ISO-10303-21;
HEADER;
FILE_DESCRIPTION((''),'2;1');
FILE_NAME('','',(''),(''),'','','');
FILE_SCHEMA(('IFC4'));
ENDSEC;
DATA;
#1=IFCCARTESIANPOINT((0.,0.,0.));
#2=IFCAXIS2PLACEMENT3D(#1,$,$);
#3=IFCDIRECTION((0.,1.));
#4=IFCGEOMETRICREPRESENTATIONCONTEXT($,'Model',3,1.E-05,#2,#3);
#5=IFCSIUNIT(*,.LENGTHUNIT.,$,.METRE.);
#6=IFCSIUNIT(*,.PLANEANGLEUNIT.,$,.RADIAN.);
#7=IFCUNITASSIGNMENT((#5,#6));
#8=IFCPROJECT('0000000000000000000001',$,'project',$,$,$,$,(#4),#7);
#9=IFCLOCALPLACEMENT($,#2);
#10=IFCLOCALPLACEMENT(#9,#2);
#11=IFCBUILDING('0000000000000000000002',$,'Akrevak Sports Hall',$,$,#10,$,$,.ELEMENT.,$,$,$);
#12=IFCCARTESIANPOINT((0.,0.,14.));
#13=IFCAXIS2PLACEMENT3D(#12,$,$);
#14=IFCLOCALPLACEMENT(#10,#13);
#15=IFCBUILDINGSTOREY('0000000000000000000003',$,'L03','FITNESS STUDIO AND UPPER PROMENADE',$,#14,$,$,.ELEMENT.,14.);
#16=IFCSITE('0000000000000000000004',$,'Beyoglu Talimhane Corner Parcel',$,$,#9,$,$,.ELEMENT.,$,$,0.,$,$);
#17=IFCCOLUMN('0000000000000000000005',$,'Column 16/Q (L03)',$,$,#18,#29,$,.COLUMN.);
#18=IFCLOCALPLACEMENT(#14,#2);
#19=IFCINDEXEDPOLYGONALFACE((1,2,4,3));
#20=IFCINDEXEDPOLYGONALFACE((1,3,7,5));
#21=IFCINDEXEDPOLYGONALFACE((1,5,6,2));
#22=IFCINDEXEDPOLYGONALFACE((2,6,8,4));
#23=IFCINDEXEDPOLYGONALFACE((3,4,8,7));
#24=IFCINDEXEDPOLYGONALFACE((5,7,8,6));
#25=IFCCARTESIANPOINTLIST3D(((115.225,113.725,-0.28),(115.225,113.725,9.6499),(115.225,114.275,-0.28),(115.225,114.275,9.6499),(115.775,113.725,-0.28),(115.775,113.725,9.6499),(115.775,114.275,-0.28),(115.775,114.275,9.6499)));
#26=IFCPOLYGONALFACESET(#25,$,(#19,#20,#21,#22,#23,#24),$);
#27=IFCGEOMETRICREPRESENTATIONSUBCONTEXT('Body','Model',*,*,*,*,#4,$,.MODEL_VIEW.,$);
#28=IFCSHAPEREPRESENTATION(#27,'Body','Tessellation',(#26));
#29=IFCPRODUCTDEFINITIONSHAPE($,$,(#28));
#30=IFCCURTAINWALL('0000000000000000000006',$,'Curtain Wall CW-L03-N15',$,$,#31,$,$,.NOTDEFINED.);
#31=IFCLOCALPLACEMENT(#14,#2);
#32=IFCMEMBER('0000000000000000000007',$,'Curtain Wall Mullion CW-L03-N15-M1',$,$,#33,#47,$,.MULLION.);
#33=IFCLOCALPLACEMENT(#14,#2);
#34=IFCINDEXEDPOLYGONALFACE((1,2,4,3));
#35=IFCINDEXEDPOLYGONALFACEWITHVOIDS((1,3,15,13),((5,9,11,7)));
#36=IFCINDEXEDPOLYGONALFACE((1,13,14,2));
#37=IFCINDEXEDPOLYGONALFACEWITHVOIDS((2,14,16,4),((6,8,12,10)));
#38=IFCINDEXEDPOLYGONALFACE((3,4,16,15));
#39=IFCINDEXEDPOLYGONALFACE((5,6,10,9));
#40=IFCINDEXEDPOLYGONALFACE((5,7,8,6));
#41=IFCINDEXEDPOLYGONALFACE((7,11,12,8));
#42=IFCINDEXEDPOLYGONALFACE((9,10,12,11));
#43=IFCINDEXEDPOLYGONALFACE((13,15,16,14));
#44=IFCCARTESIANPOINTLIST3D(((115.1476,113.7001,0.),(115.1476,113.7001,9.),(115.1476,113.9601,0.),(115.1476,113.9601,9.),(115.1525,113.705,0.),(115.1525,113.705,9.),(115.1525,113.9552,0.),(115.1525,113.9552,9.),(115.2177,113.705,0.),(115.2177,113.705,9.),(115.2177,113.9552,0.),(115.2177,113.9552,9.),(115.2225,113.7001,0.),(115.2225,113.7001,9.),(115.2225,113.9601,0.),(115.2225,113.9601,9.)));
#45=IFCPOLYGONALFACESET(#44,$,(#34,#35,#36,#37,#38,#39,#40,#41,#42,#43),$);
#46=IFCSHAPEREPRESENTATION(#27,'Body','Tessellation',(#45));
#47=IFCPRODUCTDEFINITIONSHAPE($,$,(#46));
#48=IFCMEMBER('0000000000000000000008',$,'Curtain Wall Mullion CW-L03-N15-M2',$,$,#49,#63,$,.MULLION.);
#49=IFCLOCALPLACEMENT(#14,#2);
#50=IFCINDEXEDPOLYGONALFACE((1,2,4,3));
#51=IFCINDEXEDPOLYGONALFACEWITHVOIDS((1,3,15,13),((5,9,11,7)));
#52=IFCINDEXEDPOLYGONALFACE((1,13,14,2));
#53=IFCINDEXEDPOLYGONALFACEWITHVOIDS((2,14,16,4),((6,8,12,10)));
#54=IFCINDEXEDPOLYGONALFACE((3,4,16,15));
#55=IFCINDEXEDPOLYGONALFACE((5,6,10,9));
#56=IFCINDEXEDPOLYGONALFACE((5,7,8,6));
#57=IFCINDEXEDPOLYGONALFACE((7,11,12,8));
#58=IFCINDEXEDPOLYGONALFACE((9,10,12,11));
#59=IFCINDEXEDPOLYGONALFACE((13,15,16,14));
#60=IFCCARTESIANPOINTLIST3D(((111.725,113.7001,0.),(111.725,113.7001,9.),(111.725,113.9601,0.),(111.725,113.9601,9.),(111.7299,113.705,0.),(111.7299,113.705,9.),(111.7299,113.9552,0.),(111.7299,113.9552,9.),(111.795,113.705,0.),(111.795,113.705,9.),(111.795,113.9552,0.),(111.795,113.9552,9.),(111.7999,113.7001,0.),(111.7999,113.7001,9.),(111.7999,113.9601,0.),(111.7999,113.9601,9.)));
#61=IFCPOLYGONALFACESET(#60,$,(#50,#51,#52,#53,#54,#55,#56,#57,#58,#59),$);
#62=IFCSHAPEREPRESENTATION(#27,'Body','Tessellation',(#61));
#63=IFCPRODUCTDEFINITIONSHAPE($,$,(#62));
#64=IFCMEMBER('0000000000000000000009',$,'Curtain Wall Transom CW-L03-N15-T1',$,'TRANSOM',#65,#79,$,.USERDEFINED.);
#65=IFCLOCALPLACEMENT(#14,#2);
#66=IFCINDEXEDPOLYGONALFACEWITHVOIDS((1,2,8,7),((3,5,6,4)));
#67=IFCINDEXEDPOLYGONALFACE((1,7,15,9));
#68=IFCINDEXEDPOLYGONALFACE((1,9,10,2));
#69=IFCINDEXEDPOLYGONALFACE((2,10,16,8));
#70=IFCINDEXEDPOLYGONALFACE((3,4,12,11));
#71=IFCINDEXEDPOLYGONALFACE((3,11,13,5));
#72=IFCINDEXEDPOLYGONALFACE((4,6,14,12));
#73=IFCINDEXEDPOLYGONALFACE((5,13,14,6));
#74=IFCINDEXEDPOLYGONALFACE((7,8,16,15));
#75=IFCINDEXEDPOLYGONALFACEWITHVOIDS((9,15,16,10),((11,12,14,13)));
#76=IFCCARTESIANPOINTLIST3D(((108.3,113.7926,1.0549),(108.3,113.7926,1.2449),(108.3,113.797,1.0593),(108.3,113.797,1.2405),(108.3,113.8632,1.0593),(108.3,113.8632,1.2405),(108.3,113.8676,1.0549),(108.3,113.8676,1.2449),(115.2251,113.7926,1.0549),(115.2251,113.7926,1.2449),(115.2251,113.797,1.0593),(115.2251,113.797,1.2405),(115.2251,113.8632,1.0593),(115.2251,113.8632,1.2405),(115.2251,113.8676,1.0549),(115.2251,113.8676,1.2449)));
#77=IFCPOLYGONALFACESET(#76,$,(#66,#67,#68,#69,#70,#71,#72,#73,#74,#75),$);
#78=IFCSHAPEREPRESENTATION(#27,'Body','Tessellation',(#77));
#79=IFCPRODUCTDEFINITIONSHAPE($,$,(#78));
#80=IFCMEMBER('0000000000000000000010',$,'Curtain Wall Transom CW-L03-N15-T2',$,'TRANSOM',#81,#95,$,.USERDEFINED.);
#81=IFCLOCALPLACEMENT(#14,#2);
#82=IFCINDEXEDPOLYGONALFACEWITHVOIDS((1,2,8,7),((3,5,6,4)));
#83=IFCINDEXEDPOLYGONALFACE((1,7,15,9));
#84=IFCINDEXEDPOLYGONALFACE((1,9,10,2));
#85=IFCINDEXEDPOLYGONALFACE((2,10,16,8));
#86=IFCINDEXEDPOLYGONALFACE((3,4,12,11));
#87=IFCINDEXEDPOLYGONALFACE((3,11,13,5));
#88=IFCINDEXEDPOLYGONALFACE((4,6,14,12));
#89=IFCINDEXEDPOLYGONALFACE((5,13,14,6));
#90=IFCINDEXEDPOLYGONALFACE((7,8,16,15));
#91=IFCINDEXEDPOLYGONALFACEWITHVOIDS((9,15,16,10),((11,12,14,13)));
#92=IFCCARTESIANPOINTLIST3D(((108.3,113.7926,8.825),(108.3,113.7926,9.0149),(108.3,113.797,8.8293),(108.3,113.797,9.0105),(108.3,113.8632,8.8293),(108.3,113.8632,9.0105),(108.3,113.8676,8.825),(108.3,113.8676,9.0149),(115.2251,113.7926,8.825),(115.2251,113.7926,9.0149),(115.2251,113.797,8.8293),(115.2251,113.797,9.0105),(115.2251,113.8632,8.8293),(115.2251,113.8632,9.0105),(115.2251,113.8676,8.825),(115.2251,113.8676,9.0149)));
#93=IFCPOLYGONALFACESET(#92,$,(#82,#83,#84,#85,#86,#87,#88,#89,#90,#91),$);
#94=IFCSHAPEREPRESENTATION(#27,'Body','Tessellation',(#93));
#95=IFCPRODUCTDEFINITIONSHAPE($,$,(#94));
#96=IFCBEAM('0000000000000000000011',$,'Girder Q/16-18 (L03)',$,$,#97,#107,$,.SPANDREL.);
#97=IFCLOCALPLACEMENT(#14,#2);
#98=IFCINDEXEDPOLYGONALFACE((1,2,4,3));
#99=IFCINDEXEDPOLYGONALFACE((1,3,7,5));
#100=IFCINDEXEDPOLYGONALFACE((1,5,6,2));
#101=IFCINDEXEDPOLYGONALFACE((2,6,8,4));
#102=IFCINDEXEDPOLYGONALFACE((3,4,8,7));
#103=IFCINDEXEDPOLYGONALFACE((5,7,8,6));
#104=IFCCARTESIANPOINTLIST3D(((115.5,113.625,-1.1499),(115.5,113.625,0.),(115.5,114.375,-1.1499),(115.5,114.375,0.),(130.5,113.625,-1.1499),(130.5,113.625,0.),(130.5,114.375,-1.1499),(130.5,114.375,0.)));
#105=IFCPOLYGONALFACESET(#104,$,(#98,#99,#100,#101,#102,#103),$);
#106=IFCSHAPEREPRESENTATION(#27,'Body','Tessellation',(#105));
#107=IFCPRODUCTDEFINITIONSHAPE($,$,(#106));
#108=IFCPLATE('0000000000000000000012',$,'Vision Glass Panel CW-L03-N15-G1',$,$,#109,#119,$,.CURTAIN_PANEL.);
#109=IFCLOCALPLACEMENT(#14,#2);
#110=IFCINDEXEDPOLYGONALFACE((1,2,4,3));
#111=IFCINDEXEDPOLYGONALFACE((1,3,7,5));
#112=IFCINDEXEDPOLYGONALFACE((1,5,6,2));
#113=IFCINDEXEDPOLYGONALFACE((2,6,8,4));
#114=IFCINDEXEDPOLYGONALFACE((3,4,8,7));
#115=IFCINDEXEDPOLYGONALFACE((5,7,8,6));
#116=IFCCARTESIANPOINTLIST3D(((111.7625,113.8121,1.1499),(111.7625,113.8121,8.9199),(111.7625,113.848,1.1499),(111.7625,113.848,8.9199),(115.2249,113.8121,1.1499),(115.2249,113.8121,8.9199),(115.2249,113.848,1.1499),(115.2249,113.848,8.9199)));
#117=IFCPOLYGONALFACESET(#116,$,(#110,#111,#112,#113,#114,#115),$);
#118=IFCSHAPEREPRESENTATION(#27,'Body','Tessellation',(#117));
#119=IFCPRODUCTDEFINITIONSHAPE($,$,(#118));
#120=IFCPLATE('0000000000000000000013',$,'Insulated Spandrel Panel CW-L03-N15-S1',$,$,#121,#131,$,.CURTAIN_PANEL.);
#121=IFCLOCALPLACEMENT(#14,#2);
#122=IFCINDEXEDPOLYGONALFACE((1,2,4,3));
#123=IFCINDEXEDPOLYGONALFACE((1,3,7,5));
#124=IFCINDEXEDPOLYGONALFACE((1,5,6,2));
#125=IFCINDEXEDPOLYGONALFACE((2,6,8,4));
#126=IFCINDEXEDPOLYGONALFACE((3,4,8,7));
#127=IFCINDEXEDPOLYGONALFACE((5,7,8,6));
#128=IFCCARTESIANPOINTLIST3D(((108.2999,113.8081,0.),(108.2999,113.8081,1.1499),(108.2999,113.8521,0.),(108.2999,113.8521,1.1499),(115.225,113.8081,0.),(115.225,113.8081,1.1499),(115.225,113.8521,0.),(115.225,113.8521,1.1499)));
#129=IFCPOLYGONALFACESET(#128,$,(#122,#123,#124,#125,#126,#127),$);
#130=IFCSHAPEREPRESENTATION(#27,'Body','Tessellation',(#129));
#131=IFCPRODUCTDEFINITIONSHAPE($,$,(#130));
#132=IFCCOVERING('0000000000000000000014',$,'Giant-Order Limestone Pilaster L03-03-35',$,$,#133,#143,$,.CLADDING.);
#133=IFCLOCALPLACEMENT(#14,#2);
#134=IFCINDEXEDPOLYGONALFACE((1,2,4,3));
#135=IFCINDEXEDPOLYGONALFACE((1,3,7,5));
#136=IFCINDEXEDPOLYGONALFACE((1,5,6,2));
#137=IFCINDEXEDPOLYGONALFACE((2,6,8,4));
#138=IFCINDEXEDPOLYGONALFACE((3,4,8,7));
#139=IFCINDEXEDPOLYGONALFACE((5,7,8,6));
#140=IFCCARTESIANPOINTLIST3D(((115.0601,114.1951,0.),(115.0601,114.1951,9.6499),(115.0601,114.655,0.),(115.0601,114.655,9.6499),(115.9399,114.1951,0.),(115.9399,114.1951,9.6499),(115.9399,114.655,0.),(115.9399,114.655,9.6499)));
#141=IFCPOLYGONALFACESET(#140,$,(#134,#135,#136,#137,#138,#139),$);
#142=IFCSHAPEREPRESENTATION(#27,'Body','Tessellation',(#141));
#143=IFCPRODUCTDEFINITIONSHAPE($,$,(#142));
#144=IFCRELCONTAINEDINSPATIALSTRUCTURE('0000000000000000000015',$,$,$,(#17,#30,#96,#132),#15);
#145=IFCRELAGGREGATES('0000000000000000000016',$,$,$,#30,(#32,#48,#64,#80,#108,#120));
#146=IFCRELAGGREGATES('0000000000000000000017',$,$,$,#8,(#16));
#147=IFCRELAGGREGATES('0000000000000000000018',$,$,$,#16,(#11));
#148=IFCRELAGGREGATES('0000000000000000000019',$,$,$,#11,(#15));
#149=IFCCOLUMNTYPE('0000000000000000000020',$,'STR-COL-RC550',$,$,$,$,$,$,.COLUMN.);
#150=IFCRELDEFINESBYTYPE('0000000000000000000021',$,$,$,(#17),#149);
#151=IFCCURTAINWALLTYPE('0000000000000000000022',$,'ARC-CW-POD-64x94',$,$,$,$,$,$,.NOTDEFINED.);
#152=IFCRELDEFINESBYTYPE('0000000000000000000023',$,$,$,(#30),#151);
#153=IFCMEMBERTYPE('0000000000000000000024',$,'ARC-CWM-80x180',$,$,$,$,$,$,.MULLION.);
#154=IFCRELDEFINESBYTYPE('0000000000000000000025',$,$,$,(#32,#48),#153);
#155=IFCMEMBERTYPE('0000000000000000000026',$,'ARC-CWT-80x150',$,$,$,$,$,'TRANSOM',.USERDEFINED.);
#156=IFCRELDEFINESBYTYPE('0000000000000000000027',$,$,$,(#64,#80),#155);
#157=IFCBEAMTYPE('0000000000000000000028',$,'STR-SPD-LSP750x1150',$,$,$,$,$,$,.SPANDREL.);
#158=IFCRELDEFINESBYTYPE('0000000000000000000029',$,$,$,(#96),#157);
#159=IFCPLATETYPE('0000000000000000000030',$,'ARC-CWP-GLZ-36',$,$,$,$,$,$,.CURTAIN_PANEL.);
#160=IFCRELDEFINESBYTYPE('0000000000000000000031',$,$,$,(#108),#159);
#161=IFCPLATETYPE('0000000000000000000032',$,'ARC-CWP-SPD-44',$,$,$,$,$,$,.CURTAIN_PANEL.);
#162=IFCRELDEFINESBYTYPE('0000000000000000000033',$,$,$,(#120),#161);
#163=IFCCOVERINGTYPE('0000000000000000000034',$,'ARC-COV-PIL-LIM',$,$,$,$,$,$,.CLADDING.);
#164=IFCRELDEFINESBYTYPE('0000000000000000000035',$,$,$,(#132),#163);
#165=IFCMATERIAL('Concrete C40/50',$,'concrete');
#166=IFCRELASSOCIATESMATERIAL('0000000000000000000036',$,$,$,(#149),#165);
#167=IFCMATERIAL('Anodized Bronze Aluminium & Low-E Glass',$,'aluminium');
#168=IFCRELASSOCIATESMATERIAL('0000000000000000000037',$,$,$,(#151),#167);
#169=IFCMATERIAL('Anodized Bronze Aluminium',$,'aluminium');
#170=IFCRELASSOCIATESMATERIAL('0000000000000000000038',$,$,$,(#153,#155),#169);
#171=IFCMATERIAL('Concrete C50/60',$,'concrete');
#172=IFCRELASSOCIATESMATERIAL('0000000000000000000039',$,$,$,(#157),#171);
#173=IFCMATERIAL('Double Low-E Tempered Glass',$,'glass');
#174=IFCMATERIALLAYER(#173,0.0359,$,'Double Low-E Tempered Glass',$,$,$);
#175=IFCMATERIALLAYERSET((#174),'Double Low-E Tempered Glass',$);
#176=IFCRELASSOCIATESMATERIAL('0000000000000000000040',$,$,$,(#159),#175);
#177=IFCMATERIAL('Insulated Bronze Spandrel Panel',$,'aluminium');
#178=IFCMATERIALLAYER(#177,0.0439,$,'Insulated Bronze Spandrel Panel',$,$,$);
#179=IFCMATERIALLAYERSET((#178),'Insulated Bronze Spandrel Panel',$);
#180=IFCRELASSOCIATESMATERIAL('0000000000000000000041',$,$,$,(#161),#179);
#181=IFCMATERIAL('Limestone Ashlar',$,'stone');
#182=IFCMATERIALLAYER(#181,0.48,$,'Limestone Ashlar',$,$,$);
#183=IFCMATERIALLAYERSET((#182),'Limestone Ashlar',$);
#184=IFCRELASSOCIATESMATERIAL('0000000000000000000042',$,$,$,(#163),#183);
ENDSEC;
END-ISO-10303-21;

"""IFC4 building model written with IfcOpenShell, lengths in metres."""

from ifc_helpers import new_model, si_unit, direction, frame, origin, origin_2d, place, context, subcontext, project, spatial, rectangle, hollow_rectangle, extrude, material, layer, layer_set, material_profile, profile_set, type_object, element, aggregate, save


model = new_model("IFC4")

# Units and contexts
model_context = context("Model", 3, precision=1e-05, world=origin(), true_north=direction((0.0, 1.0)))
body_context = subcontext(model_context, "Body", "Model", "MODEL_VIEW")
ifc_project = project(units=[si_unit("LENGTHUNIT", "METRE"), si_unit("PLANEANGLEUNIT", "RADIAN")], contexts=[model_context])

# Site, building, storey
site_placement = place(None, origin())
site = spatial("IfcSite", under=ifc_project, at=site_placement, Name="Beyoglu Talimhane Corner Parcel", CompositionType="ELEMENT", RefElevation=0.0)
building_placement = place(site_placement, origin())
building = spatial("IfcBuilding", under=site, at=building_placement, Name="Akrevak Sports Hall", CompositionType="ELEMENT")
storey_placement = place(building_placement, frame((0.0, 0.0, 14.0)))
storey = spatial("IfcBuildingStorey", under=building, at=storey_placement, Name="L03", Description="FITNESS STUDIO AND UPPER PROMENADE", CompositionType="ELEMENT", Elevation=14.0)

# Column
ifc_material_1 = material(Name="Concrete C40/50", Category="concrete")
ifc_material_profile_1 = material_profile(ifc_material_1, rectangle(XDim=0.55, YDim=0.55, at=origin_2d()), Name="RC 550x550", Category="concrete")
ifc_profile_set_1 = profile_set([ifc_material_profile_1], Name="Concrete C40/50")
column_type = type_object("IfcColumnType", Name="STR-COL-RC550", PredefinedType="COLUMN", material=ifc_profile_set_1)
column_placement = place(storey_placement, frame((115.5, 114.0, -0.28), z_axis=(0.0, 0.0, 1.0), x_axis=(1.0, 0.0, 0.0)))
element("IfcColumn", 1, at=column_placement, inside=storey, type_object=column_type, Name="Column 16/Q (L03)", PredefinedType="COLUMN", context=body_context, shape_type="SweptSolid", body=[
    extrude(rectangle(XDim=0.55, YDim=0.55, at=origin_2d()), origin(), (0.0, 0.0, 1.0), 9.9299),
])

# Curtain wall, members
ifc_material_2 = material(Name="Anodized Bronze Aluminium & Low-E Glass", Category="aluminium")
curtain_wall_type = type_object("IfcCurtainWallType", Name="ARC-CW-POD-64x94", PredefinedType="NOTDEFINED", material=ifc_material_2)
curtain_wall_placement = place(storey_placement, origin())
curtain_wall = element("IfcCurtainWall", 2, at=curtain_wall_placement, inside=storey, type_object=curtain_wall_type, Name="Curtain Wall CW-L03-N15", PredefinedType="NOTDEFINED")
ifc_material_3 = material(Name="Anodized Bronze Aluminium", Category="aluminium")
ifc_material_profile_2 = material_profile(ifc_material_3, hollow_rectangle(XDim=0.075, YDim=0.26, WallThickness=0.0049, at=origin_2d()), Name="CWM 75x260", Category="aluminium")
ifc_profile_set_2 = profile_set([ifc_material_profile_2], Name="Anodized Bronze Aluminium")
member_type_1 = type_object("IfcMemberType", Name="ARC-CWM-80x180", PredefinedType="MULLION", material=ifc_profile_set_2)
member_1_placement = place(storey_placement, frame((115.1851, 113.8301, 0.0), z_axis=(0.0, 0.0, 1.0), x_axis=(-1.0, 0.0, 0.0)))
member_1 = element("IfcMember", 3, at=member_1_placement, type_object=member_type_1, Name="Curtain Wall Mullion CW-L03-N15-M1", PredefinedType="MULLION", context=body_context, shape_type="SweptSolid", body=[
    extrude(hollow_rectangle(XDim=0.075, YDim=0.26, WallThickness=0.0049, at=origin_2d()), origin(), (0.0, 0.0, 1.0), 9.0),
])
member_2_placement = place(storey_placement, frame((111.7625, 113.8301, 0.0), z_axis=(0.0, 0.0, 1.0), x_axis=(-1.0, 0.0, 0.0)))
member_2 = element("IfcMember", 4, at=member_2_placement, type_object=member_type_1, Name="Curtain Wall Mullion CW-L03-N15-M2", PredefinedType="MULLION", context=body_context, shape_type="SweptSolid", body=[
    extrude(hollow_rectangle(XDim=0.075, YDim=0.26, WallThickness=0.0049, at=origin_2d()), origin(), (0.0, 0.0, 1.0), 9.0),
])
ifc_material_profile_3 = material_profile(ifc_material_3, hollow_rectangle(XDim=0.075, YDim=0.1899, WallThickness=0.0044, at=origin_2d()), Name="CWT 75x190", Category="aluminium")
ifc_profile_set_3 = profile_set([ifc_material_profile_3], Name="Anodized Bronze Aluminium")
member_type_2 = type_object("IfcMemberType", Name="ARC-CWT-80x150", ElementType="TRANSOM", PredefinedType="USERDEFINED", material=ifc_profile_set_3)
member_3_placement = place(storey_placement, frame((115.2251, 113.8301, 1.1499), z_axis=(-1.0, 0.0, 0.0), x_axis=(0.0, -1.0, 0.0)))
member_3 = element("IfcMember", 5, at=member_3_placement, type_object=member_type_2, Name="Curtain Wall Transom CW-L03-N15-T1", ObjectType="TRANSOM", PredefinedType="USERDEFINED", context=body_context, shape_type="SweptSolid", body=[
    extrude(hollow_rectangle(XDim=0.075, YDim=0.1899, WallThickness=0.0044, at=origin_2d()), origin(), (0.0, 0.0, 1.0), 6.925),
])
member_4_placement = place(storey_placement, frame((115.2251, 113.8301, 8.9199), z_axis=(-1.0, 0.0, 0.0), x_axis=(0.0, -1.0, 0.0)))
member_4 = element("IfcMember", 6, at=member_4_placement, type_object=member_type_2, Name="Curtain Wall Transom CW-L03-N15-T2", ObjectType="TRANSOM", PredefinedType="USERDEFINED", context=body_context, shape_type="SweptSolid", body=[
    extrude(hollow_rectangle(XDim=0.075, YDim=0.1899, WallThickness=0.0044, at=origin_2d()), origin(), (0.0, 0.0, 1.0), 6.925),
])

# Beam
ifc_material_4 = material(Name="Concrete C50/60", Category="concrete")
ifc_material_profile_4 = material_profile(ifc_material_4, rectangle(XDim=0.75, YDim=1.1499, at=origin_2d()), Name="SPD 750x1150", Category="concrete")
ifc_profile_set_4 = profile_set([ifc_material_profile_4], Name="Concrete C50/60")
beam_type = type_object("IfcBeamType", Name="STR-SPD-LSP750x1150", PredefinedType="SPANDREL", material=ifc_profile_set_4)
beam_placement = place(storey_placement, frame((115.5, 114.0, -0.575), z_axis=(1.0, 0.0, 0.0), x_axis=(0.0, 1.0, 0.0)))
element("IfcBeam", 7, at=beam_placement, inside=storey, type_object=beam_type, Name="Girder Q/16-18 (L03)", PredefinedType="SPANDREL", context=body_context, shape_type="SweptSolid", body=[
    extrude(rectangle(XDim=0.75, YDim=1.1499, at=origin_2d()), origin(), (0.0, 0.0, 1.0), 15.0),
])

# Plates
ifc_material_5 = material(Name="Double Low-E Tempered Glass", Category="glass")
ifc_layer_1 = layer(ifc_material_5, 0.0359, Name="Double Low-E Tempered Glass")
ifc_layer_set_1 = layer_set([ifc_layer_1], Name="Double Low-E Tempered Glass")
plate_type_1 = type_object("IfcPlateType", Name="ARC-CWP-GLZ-36", PredefinedType="CURTAIN_PANEL", material=ifc_layer_set_1)
plate_1_placement = place(storey_placement, frame((113.4937, 113.8301, 1.1499), z_axis=(0.0, 0.0, 1.0), x_axis=(-1.0, 0.0, 0.0)))
plate_1 = element("IfcPlate", 8, at=plate_1_placement, type_object=plate_type_1, Name="Vision Glass Panel CW-L03-N15-G1", PredefinedType="CURTAIN_PANEL", context=body_context, shape_type="SweptSolid", body=[
    extrude(rectangle(XDim=3.4624, YDim=0.0359, at=origin_2d()), origin(), (0.0, 0.0, 1.0), 7.77),
])
ifc_material_6 = material(Name="Insulated Bronze Spandrel Panel", Category="aluminium")
ifc_layer_2 = layer(ifc_material_6, 0.0439, Name="Insulated Bronze Spandrel Panel")
ifc_layer_set_2 = layer_set([ifc_layer_2], Name="Insulated Bronze Spandrel Panel")
plate_type_2 = type_object("IfcPlateType", Name="ARC-CWP-SPD-44", PredefinedType="CURTAIN_PANEL", material=ifc_layer_set_2)
plate_2_placement = place(storey_placement, frame((111.7625, 113.8301, 0.0), z_axis=(0.0, 0.0, 1.0), x_axis=(-1.0, 0.0, 0.0)))
plate_2 = element("IfcPlate", 9, at=plate_2_placement, type_object=plate_type_2, Name="Insulated Spandrel Panel CW-L03-N15-S1", PredefinedType="CURTAIN_PANEL", context=body_context, shape_type="SweptSolid", body=[
    extrude(rectangle(XDim=6.925, YDim=0.0439, at=origin_2d()), origin(), (0.0, 0.0, 1.0), 1.1499),
])
aggregate(curtain_wall, [member_1, member_2, member_3, member_4, plate_1, plate_2])

# Covering
ifc_material_7 = material(Name="Limestone Ashlar", Category="stone")
ifc_layer_3 = layer(ifc_material_7, 0.48, Name="Limestone Ashlar")
ifc_layer_set_3 = layer_set([ifc_layer_3], Name="Limestone Ashlar")
covering_type = type_object("IfcCoveringType", Name="ARC-COV-PIL-LIM", PredefinedType="CLADDING", material=ifc_layer_set_3)
covering_placement = place(storey_placement, frame((115.5, 114.425, 0.0), z_axis=(0.0, 0.0, 1.0), x_axis=(-1.0, 0.0, 0.0)))
element("IfcCovering", 10, at=covering_placement, inside=storey, type_object=covering_type, Name="Giant-Order Limestone Pilaster L03-03-35", PredefinedType="CLADDING", context=body_context, shape_type="SweptSolid", body=[
    extrude(rectangle(XDim=0.8799, YDim=0.46, at=origin_2d()), origin(), (0.0, 0.0, 1.0), 9.6499),
])

save(model, "model.ifc")
